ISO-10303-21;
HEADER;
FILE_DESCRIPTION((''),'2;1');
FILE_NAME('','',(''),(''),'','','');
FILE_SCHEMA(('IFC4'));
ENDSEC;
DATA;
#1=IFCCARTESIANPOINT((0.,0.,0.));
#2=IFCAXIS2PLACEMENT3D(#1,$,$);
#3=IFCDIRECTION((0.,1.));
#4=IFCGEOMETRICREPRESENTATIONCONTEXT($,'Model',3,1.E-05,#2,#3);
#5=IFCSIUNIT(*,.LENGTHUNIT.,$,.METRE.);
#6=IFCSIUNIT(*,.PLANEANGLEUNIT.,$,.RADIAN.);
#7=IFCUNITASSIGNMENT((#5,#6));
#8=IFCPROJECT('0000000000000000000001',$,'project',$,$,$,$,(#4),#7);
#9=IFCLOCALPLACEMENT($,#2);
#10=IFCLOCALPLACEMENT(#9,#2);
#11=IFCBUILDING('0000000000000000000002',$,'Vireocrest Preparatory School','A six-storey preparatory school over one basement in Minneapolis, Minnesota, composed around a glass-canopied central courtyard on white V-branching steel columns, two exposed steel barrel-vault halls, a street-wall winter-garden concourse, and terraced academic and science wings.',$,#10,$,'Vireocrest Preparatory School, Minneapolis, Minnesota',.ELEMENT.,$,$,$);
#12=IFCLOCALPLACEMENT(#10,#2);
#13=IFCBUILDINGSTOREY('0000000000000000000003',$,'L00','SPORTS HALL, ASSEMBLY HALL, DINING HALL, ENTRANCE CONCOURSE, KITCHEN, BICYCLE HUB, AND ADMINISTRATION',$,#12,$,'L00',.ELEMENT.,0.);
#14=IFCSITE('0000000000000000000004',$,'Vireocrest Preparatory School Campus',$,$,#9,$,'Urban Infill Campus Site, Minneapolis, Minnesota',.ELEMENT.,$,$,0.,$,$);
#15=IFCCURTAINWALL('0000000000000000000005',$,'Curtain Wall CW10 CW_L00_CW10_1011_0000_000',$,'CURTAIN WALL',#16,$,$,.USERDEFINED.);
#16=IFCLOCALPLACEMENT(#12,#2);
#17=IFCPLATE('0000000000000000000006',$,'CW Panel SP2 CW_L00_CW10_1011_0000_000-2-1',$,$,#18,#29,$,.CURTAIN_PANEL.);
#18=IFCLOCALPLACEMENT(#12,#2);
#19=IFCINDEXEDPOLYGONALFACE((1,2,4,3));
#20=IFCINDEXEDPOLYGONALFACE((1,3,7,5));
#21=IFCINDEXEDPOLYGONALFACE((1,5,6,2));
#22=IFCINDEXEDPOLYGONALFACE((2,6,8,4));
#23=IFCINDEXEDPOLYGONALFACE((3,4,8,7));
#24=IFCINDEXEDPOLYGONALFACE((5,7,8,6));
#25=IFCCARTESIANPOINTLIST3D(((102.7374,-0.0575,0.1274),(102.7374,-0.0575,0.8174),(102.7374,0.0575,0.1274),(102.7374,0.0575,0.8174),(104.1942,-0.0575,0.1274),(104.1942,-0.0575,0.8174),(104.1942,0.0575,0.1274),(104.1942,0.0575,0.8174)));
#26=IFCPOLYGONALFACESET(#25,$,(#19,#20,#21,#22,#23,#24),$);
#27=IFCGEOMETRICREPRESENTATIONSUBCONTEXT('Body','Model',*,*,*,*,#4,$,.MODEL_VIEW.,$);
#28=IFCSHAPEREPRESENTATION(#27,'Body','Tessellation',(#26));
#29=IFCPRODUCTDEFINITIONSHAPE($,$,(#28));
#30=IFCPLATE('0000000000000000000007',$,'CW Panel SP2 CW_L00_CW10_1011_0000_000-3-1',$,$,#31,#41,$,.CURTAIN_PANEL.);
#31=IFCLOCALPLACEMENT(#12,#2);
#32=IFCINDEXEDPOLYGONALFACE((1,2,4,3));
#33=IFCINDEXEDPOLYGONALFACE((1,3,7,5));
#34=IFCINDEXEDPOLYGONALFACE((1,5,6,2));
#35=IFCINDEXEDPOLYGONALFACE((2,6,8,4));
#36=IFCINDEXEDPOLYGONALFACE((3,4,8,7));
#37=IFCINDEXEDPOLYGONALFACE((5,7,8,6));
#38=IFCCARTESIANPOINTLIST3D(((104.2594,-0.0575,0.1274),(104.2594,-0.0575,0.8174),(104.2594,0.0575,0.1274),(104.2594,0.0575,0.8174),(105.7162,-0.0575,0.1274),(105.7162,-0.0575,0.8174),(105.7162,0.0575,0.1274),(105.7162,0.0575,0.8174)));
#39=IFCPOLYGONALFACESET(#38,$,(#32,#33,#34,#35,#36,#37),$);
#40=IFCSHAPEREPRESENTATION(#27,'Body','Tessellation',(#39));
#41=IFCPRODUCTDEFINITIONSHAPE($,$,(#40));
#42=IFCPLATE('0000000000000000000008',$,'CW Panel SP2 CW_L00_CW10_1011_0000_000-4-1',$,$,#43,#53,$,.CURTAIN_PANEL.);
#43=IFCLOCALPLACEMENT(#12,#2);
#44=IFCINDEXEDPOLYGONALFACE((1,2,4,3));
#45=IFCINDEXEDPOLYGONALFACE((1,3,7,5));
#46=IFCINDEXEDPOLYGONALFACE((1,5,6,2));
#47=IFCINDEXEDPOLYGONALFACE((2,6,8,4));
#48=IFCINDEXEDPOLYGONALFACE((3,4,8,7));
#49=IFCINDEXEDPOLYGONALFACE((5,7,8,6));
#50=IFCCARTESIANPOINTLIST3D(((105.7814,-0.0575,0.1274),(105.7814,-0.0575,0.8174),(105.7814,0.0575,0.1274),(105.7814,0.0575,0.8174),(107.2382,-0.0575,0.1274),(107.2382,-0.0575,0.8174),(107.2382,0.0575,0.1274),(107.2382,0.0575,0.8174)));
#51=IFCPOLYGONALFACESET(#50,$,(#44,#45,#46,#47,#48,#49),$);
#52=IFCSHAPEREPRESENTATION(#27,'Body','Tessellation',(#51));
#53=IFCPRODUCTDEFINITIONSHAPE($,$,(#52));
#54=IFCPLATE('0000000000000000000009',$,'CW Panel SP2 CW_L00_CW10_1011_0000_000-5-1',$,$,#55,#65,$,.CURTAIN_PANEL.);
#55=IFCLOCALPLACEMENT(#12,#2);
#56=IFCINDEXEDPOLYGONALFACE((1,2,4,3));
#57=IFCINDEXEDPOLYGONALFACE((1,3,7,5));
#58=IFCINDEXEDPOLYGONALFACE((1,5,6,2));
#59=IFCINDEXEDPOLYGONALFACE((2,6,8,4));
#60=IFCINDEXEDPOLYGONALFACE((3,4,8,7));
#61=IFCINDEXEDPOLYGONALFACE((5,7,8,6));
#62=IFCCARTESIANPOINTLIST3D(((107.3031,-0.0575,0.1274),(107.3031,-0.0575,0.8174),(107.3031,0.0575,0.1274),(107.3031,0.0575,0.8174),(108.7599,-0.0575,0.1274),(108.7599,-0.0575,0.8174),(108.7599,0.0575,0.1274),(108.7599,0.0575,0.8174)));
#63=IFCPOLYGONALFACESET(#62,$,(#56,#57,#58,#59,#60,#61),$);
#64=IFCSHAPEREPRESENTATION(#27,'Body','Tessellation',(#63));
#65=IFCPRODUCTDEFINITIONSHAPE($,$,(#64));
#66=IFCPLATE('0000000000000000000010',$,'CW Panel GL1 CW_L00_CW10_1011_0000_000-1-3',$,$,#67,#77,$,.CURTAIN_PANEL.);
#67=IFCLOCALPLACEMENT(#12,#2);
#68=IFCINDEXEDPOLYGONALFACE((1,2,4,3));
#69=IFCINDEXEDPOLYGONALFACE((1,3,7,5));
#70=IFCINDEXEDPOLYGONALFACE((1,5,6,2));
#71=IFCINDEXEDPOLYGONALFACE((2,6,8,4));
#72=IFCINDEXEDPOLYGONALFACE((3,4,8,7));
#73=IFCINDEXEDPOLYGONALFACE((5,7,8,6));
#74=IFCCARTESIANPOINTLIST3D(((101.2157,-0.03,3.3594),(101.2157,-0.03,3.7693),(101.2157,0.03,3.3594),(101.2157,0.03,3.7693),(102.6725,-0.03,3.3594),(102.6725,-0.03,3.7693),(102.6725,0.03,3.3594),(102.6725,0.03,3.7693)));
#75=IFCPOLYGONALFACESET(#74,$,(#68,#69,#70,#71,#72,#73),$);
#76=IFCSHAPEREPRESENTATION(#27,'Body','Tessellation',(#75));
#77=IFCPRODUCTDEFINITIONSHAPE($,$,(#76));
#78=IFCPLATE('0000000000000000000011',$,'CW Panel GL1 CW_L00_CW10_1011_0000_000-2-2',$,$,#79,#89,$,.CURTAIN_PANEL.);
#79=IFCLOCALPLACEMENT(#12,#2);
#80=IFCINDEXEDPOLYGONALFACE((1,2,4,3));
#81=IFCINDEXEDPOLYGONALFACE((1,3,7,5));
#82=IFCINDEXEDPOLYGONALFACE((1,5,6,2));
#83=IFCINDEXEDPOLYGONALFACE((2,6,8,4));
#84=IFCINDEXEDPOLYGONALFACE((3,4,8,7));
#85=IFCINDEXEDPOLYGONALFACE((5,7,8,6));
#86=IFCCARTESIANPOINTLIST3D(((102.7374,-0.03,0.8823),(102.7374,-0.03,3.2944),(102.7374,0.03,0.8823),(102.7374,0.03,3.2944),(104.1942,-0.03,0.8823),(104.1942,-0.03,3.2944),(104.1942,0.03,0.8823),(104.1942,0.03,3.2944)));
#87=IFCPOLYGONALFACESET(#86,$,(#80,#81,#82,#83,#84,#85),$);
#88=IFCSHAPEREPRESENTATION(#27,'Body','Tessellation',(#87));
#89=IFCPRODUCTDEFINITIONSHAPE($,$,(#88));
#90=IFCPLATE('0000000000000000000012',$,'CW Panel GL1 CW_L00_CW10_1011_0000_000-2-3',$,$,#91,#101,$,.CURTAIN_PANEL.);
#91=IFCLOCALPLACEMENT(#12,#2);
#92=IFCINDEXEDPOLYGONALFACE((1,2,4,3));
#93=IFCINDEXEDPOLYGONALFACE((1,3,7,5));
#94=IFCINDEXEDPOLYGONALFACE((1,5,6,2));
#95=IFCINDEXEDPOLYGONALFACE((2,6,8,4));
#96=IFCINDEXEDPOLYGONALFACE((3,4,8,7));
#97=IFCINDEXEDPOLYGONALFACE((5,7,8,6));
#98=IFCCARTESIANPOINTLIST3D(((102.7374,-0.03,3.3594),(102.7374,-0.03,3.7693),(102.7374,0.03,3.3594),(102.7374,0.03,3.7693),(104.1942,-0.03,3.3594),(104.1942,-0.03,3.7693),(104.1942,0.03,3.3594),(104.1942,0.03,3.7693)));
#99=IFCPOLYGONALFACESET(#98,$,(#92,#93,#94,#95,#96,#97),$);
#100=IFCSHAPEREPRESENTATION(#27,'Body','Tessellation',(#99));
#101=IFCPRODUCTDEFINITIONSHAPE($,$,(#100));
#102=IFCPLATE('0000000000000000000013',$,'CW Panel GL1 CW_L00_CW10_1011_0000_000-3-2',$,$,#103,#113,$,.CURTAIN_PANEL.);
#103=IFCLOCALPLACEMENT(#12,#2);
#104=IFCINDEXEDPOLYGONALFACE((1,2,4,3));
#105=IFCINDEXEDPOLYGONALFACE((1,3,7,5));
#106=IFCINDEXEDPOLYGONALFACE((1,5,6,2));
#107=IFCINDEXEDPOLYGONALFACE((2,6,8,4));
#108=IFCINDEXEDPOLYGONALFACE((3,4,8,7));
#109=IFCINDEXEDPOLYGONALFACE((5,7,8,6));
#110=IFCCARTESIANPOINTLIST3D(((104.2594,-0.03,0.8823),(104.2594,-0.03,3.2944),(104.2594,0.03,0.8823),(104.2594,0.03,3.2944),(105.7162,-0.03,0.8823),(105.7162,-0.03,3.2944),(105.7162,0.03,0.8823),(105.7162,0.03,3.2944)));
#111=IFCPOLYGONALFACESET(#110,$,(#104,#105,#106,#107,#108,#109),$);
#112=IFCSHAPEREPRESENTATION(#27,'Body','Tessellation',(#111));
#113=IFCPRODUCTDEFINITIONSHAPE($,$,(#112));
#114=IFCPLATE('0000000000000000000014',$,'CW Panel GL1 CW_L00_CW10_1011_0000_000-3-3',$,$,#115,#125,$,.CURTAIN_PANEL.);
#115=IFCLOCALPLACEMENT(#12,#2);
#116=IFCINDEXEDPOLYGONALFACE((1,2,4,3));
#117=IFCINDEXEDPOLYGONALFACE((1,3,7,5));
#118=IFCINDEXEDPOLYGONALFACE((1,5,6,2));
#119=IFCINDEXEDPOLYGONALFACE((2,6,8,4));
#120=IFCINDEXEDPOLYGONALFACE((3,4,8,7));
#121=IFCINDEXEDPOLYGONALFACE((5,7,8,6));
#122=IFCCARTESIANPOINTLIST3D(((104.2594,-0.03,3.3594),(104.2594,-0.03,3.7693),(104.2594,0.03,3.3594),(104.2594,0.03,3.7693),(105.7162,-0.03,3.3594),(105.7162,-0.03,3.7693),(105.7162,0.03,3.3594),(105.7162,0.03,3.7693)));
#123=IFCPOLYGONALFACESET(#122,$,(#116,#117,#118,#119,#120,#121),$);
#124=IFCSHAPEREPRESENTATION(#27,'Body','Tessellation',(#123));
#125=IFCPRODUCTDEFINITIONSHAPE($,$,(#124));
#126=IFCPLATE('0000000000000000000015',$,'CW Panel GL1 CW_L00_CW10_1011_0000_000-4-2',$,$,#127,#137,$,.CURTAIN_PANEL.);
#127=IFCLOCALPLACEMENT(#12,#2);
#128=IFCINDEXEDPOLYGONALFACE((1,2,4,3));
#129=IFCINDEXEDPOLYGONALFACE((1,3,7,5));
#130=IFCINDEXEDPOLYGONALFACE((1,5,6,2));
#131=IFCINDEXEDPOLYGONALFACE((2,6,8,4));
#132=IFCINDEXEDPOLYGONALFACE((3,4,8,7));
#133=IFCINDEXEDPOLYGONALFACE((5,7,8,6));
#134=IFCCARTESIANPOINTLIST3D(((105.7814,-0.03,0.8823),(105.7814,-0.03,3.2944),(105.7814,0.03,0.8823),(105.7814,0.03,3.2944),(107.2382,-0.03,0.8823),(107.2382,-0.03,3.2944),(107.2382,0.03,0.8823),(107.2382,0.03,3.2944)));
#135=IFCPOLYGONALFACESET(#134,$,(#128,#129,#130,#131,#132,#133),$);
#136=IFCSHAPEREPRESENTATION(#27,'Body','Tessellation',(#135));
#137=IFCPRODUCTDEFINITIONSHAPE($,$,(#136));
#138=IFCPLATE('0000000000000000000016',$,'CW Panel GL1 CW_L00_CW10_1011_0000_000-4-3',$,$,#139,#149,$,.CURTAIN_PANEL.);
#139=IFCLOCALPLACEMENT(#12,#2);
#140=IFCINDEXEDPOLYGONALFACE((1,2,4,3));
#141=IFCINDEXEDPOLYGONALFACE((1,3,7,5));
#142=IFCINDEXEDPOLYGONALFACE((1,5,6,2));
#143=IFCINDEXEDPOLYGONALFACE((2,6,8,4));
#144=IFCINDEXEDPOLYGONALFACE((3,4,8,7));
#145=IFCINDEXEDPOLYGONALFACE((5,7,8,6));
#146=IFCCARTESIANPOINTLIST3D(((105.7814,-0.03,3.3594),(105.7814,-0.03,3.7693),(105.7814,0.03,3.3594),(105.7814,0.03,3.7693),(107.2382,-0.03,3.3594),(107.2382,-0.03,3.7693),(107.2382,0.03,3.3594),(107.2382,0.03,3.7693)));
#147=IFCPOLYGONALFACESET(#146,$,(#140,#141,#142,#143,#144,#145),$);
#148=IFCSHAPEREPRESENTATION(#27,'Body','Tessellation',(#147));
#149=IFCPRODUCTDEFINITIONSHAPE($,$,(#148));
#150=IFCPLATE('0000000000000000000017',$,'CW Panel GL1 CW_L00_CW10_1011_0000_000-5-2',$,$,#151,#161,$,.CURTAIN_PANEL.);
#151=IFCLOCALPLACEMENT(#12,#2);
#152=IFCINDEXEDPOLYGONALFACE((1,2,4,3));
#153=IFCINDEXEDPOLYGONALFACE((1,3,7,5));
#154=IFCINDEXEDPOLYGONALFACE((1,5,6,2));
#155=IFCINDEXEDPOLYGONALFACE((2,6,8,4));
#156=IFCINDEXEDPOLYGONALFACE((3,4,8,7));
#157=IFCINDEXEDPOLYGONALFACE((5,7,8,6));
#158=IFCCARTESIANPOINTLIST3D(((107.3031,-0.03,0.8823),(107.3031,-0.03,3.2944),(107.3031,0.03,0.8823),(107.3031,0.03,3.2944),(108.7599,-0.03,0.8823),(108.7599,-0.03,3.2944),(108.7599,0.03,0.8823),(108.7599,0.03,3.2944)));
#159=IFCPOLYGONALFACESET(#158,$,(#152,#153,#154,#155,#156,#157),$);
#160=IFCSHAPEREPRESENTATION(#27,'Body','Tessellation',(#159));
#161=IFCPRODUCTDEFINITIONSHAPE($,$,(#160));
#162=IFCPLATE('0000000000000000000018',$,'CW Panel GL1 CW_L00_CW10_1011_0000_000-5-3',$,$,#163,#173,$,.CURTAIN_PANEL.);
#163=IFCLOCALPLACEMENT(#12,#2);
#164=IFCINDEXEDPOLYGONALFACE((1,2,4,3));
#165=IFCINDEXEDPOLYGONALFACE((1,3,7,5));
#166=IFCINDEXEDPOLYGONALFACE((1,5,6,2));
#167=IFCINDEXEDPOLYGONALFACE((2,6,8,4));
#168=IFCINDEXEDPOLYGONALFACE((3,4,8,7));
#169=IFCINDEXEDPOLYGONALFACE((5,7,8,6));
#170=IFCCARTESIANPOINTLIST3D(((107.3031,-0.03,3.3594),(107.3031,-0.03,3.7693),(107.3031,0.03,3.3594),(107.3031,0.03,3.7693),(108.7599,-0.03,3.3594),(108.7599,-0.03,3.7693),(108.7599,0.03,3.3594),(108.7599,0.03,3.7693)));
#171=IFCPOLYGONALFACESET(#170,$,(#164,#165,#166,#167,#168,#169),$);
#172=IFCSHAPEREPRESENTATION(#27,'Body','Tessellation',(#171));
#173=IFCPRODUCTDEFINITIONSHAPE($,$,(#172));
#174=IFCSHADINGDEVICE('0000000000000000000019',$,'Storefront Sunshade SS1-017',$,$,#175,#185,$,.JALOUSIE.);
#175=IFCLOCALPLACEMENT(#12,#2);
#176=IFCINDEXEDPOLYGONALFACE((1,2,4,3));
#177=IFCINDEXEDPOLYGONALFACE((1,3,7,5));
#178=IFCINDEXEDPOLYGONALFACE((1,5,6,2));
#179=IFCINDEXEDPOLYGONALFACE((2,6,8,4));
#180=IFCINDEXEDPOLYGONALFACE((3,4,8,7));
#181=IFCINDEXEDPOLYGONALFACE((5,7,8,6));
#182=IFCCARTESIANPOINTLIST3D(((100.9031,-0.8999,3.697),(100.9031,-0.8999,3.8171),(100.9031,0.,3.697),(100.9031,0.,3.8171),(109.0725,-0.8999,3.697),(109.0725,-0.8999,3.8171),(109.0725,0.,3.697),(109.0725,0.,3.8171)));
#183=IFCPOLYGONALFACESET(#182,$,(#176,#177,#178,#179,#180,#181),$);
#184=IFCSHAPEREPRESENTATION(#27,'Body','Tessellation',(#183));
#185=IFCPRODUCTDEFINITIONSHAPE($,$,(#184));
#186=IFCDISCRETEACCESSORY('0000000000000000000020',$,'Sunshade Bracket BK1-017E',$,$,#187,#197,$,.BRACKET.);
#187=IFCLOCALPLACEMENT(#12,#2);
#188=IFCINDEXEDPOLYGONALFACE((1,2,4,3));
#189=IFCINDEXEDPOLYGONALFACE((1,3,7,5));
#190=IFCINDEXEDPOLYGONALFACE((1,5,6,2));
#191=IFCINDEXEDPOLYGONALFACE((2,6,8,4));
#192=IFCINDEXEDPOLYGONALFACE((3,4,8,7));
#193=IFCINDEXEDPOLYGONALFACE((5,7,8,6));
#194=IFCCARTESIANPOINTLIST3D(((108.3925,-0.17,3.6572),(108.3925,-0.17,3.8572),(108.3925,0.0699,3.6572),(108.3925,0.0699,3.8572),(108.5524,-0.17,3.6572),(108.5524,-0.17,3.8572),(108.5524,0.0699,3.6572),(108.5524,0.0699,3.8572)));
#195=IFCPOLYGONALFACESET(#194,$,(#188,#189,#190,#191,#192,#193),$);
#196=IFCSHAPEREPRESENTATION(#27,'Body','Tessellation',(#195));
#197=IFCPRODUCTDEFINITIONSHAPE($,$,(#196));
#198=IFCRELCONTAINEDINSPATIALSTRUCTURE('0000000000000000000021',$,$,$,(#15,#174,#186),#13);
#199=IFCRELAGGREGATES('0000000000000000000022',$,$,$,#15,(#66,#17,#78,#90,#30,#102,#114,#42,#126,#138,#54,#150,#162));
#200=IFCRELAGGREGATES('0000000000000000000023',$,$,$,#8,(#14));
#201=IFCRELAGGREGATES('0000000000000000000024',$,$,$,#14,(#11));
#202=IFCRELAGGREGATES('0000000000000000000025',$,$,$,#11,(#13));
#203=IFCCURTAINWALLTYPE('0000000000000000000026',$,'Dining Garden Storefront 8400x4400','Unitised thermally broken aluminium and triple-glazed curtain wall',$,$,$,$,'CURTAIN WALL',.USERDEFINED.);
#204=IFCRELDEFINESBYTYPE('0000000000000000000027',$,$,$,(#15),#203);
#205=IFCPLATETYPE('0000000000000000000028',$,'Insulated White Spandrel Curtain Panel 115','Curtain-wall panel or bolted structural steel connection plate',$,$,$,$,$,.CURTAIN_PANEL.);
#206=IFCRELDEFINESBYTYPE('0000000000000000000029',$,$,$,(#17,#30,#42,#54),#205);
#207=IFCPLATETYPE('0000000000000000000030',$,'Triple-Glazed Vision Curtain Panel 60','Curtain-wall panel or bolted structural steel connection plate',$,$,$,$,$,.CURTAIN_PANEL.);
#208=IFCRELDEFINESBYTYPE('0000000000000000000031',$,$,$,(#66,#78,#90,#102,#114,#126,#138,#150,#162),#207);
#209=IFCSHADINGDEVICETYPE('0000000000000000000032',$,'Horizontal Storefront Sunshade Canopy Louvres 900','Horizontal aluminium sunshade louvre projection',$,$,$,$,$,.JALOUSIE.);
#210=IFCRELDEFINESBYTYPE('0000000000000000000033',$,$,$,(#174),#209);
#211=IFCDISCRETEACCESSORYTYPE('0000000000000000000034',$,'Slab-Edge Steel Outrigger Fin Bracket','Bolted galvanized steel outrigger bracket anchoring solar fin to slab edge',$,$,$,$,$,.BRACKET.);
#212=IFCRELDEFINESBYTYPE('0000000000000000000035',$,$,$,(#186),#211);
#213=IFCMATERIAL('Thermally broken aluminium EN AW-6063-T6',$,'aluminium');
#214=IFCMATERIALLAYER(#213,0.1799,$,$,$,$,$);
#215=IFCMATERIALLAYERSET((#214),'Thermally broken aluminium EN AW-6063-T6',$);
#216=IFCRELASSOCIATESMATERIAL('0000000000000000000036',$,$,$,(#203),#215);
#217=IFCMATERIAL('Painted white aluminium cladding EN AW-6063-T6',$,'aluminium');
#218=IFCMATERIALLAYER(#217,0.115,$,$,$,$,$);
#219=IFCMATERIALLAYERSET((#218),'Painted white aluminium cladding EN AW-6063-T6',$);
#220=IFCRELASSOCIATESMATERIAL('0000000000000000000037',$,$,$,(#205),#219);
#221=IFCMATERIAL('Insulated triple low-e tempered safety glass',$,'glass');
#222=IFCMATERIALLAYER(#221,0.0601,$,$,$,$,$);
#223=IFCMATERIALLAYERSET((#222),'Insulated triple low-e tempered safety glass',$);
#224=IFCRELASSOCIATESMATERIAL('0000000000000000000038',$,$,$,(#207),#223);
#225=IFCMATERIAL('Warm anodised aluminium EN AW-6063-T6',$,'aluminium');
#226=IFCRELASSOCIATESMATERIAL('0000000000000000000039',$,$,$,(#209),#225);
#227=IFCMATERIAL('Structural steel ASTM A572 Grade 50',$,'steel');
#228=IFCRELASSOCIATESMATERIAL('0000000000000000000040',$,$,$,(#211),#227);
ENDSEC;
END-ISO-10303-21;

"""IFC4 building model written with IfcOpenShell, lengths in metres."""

from ifc_helpers import new_model, si_unit, direction, frame, origin, origin_2d, place, context, subcontext, project, spatial, rectangle, extrude, material, layer, layer_set, type_object, element, aggregate, save


model = new_model("IFC4")

# Units and contexts
model_context = context("Model", 3, precision=1e-05, world=origin(), true_north=direction((0.0, 1.0)))
body_context = subcontext(model_context, "Body", "Model", "MODEL_VIEW")
ifc_project = project(units=[si_unit("LENGTHUNIT", "METRE"), si_unit("PLANEANGLEUNIT", "RADIAN")], contexts=[model_context])

# Site, building, storey
site_placement = place(None, origin())
site = spatial("IfcSite", under=ifc_project, at=site_placement, Name="Vireocrest Preparatory School Campus", LongName="Urban Infill Campus Site, Minneapolis, Minnesota", CompositionType="ELEMENT", RefElevation=0.0)
building_placement = place(site_placement, origin())
building = spatial("IfcBuilding", under=site, at=building_placement, Name="Vireocrest Preparatory School", Description="A six-storey preparatory school over one basement in Minneapolis, Minnesota, composed around a glass-canopied central courtyard on white V-branching steel columns, two exposed steel barrel-vault halls, a street-wall winter-garden concourse, and terraced academic and science wings.", LongName="Vireocrest Preparatory School, Minneapolis, Minnesota", CompositionType="ELEMENT")
storey_placement = place(building_placement, origin())
storey = spatial("IfcBuildingStorey", under=building, at=storey_placement, Name="L00", Description="SPORTS HALL, ASSEMBLY HALL, DINING HALL, ENTRANCE CONCOURSE, KITCHEN, BICYCLE HUB, AND ADMINISTRATION", LongName="L00", CompositionType="ELEMENT", Elevation=0.0)

# Shared definitions
ifc_material_1 = material(Name="Thermally broken aluminium EN AW-6063-T6", Category="aluminium")

# Curtain wall
ifc_layer_1 = layer(ifc_material_1, 0.1799)
ifc_layer_set_1 = layer_set([ifc_layer_1], Name="Thermally broken aluminium EN AW-6063-T6")
curtain_wall_type_1 = type_object("IfcCurtainWallType", Name="Dining Garden Storefront 8400x4400", Description="Unitised thermally broken aluminium and triple-glazed curtain wall", ElementType="CURTAIN WALL", PredefinedType="USERDEFINED", material=ifc_layer_set_1)
curtain_wall_1_placement = place(storey_placement, origin())
curtain_wall_1 = element("IfcCurtainWall", 1, at=curtain_wall_1_placement, inside=storey, type_object=curtain_wall_type_1, Name="Curtain Wall CW10 CW_L00_CW10_1011_0000_000", ObjectType="CURTAIN WALL", PredefinedType="USERDEFINED")

# Plates
ifc_material_2 = material(Name="Painted white aluminium cladding EN AW-6063-T6", Category="aluminium")
ifc_layer_2 = layer(ifc_material_2, 0.115)
ifc_layer_set_2 = layer_set([ifc_layer_2], Name="Painted white aluminium cladding EN AW-6063-T6")
plate_type_1 = type_object("IfcPlateType", Name="Insulated White Spandrel Curtain Panel 115", Description="Curtain-wall panel or bolted structural steel connection plate", PredefinedType="CURTAIN_PANEL", material=ifc_layer_set_2)
plate_1_placement = place(storey_placement, frame((103.4658, 0.0, 0.1274), z_axis=(0.0, 0.0, 1.0), x_axis=(1.0, 0.0, 0.0)))
plate_1 = element("IfcPlate", 2, at=plate_1_placement, type_object=plate_type_1, Name="CW Panel SP2 CW_L00_CW10_1011_0000_000-2-1", PredefinedType="CURTAIN_PANEL", context=body_context, shape_type="SweptSolid", body=[
    extrude(rectangle(XDim=1.4568, YDim=0.115, at=origin_2d()), origin(), (0.0, 0.0, 1.0), 0.6899),
])
plate_2_placement = place(storey_placement, frame((104.9878, 0.0, 0.1274), z_axis=(0.0, 0.0, 1.0), x_axis=(1.0, 0.0, 0.0)))
plate_2 = element("IfcPlate", 3, at=plate_2_placement, type_object=plate_type_1, Name="CW Panel SP2 CW_L00_CW10_1011_0000_000-3-1", PredefinedType="CURTAIN_PANEL", context=body_context, shape_type="SweptSolid", body=[
    extrude(rectangle(XDim=1.4568, YDim=0.115, at=origin_2d()), origin(), (0.0, 0.0, 1.0), 0.6899),
])
plate_3_placement = place(storey_placement, frame((106.5098, 0.0, 0.1274), z_axis=(0.0, 0.0, 1.0), x_axis=(1.0, 0.0, 0.0)))
plate_3 = element("IfcPlate", 4, at=plate_3_placement, type_object=plate_type_1, Name="CW Panel SP2 CW_L00_CW10_1011_0000_000-4-1", PredefinedType="CURTAIN_PANEL", context=body_context, shape_type="SweptSolid", body=[
    extrude(rectangle(XDim=1.4568, YDim=0.115, at=origin_2d()), origin(), (0.0, 0.0, 1.0), 0.6899),
])
plate_4_placement = place(storey_placement, frame((108.0315, 0.0, 0.1274), z_axis=(0.0, 0.0, 1.0), x_axis=(1.0, 0.0, 0.0)))
plate_4 = element("IfcPlate", 5, at=plate_4_placement, type_object=plate_type_1, Name="CW Panel SP2 CW_L00_CW10_1011_0000_000-5-1", PredefinedType="CURTAIN_PANEL", context=body_context, shape_type="SweptSolid", body=[
    extrude(rectangle(XDim=1.4568, YDim=0.115, at=origin_2d()), origin(), (0.0, 0.0, 1.0), 0.6899),
])
ifc_material_3 = material(Name="Insulated triple low-e tempered safety glass", Category="glass")
ifc_layer_3 = layer(ifc_material_3, 0.0601)
ifc_layer_set_3 = layer_set([ifc_layer_3], Name="Insulated triple low-e tempered safety glass")
plate_type_2 = type_object("IfcPlateType", Name="Triple-Glazed Vision Curtain Panel 60", Description="Curtain-wall panel or bolted structural steel connection plate", PredefinedType="CURTAIN_PANEL", material=ifc_layer_set_3)
plate_5_placement = place(storey_placement, frame((101.9441, 0.0, 3.3594), z_axis=(0.0, 0.0, 1.0), x_axis=(1.0, 0.0, 0.0)))
plate_5 = element("IfcPlate", 6, at=plate_5_placement, type_object=plate_type_2, Name="CW Panel GL1 CW_L00_CW10_1011_0000_000-1-3", PredefinedType="CURTAIN_PANEL", context=body_context, shape_type="SweptSolid", body=[
    extrude(rectangle(XDim=1.4568, YDim=0.0601, at=origin_2d()), origin(), (0.0, 0.0, 1.0), 0.4099),
])
plate_6_placement = place(storey_placement, frame((103.4658, 0.0, 0.8823), z_axis=(0.0, 0.0, 1.0), x_axis=(1.0, 0.0, 0.0)))
plate_6 = element("IfcPlate", 7, at=plate_6_placement, type_object=plate_type_2, Name="CW Panel GL1 CW_L00_CW10_1011_0000_000-2-2", PredefinedType="CURTAIN_PANEL", context=body_context, shape_type="SweptSolid", body=[
    extrude(rectangle(XDim=1.4568, YDim=0.0601, at=origin_2d()), origin(), (0.0, 0.0, 1.0), 2.4121),
])
plate_7_placement = place(storey_placement, frame((103.4658, 0.0, 3.3594), z_axis=(0.0, 0.0, 1.0), x_axis=(1.0, 0.0, 0.0)))
plate_7 = element("IfcPlate", 8, at=plate_7_placement, type_object=plate_type_2, Name="CW Panel GL1 CW_L00_CW10_1011_0000_000-2-3", PredefinedType="CURTAIN_PANEL", context=body_context, shape_type="SweptSolid", body=[
    extrude(rectangle(XDim=1.4568, YDim=0.0601, at=origin_2d()), origin(), (0.0, 0.0, 1.0), 0.4099),
])
plate_8_placement = place(storey_placement, frame((104.9878, 0.0, 0.8823), z_axis=(0.0, 0.0, 1.0), x_axis=(1.0, 0.0, 0.0)))
plate_8 = element("IfcPlate", 9, at=plate_8_placement, type_object=plate_type_2, Name="CW Panel GL1 CW_L00_CW10_1011_0000_000-3-2", PredefinedType="CURTAIN_PANEL", context=body_context, shape_type="SweptSolid", body=[
    extrude(rectangle(XDim=1.4568, YDim=0.0601, at=origin_2d()), origin(), (0.0, 0.0, 1.0), 2.4121),
])
plate_9_placement = place(storey_placement, frame((104.9878, 0.0, 3.3594), z_axis=(0.0, 0.0, 1.0), x_axis=(1.0, 0.0, 0.0)))
plate_9 = element("IfcPlate", 10, at=plate_9_placement, type_object=plate_type_2, Name="CW Panel GL1 CW_L00_CW10_1011_0000_000-3-3", PredefinedType="CURTAIN_PANEL", context=body_context, shape_type="SweptSolid", body=[
    extrude(rectangle(XDim=1.4568, YDim=0.0601, at=origin_2d()), origin(), (0.0, 0.0, 1.0), 0.4099),
])
plate_10_placement = place(storey_placement, frame((106.5098, 0.0, 0.8823), z_axis=(0.0, 0.0, 1.0), x_axis=(1.0, 0.0, 0.0)))
plate_10 = element("IfcPlate", 11, at=plate_10_placement, type_object=plate_type_2, Name="CW Panel GL1 CW_L00_CW10_1011_0000_000-4-2", PredefinedType="CURTAIN_PANEL", context=body_context, shape_type="SweptSolid", body=[
    extrude(rectangle(XDim=1.4568, YDim=0.0601, at=origin_2d()), origin(), (0.0, 0.0, 1.0), 2.4121),
])
plate_11_placement = place(storey_placement, frame((106.5098, 0.0, 3.3594), z_axis=(0.0, 0.0, 1.0), x_axis=(1.0, 0.0, 0.0)))
plate_11 = element("IfcPlate", 12, at=plate_11_placement, type_object=plate_type_2, Name="CW Panel GL1 CW_L00_CW10_1011_0000_000-4-3", PredefinedType="CURTAIN_PANEL", context=body_context, shape_type="SweptSolid", body=[
    extrude(rectangle(XDim=1.4568, YDim=0.0601, at=origin_2d()), origin(), (0.0, 0.0, 1.0), 0.4099),
])
plate_12_placement = place(storey_placement, frame((108.0315, 0.0, 0.8823), z_axis=(0.0, 0.0, 1.0), x_axis=(1.0, 0.0, 0.0)))
plate_12 = element("IfcPlate", 13, at=plate_12_placement, type_object=plate_type_2, Name="CW Panel GL1 CW_L00_CW10_1011_0000_000-5-2", PredefinedType="CURTAIN_PANEL", context=body_context, shape_type="SweptSolid", body=[
    extrude(rectangle(XDim=1.4568, YDim=0.0601, at=origin_2d()), origin(), (0.0, 0.0, 1.0), 2.4121),
])
plate_13_placement = place(storey_placement, frame((108.0315, 0.0, 3.3594), z_axis=(0.0, 0.0, 1.0), x_axis=(1.0, 0.0, 0.0)))
plate_13 = element("IfcPlate", 14, at=plate_13_placement, type_object=plate_type_2, Name="CW Panel GL1 CW_L00_CW10_1011_0000_000-5-3", PredefinedType="CURTAIN_PANEL", context=body_context, shape_type="SweptSolid", body=[
    extrude(rectangle(XDim=1.4568, YDim=0.0601, at=origin_2d()), origin(), (0.0, 0.0, 1.0), 0.4099),
])
aggregate(curtain_wall_1, [plate_5, plate_1, plate_6, plate_7, plate_2, plate_8, plate_9, plate_3, plate_10, plate_11, plate_4, plate_12, plate_13])

# Shading device
ifc_material_4 = material(Name="Warm anodised aluminium EN AW-6063-T6", Category="aluminium")
shading_device_type = type_object("IfcShadingDeviceType", Name="Horizontal Storefront Sunshade Canopy Louvres 900", Description="Horizontal aluminium sunshade louvre projection", PredefinedType="JALOUSIE", material=ifc_material_4)
shading_device_placement = place(storey_placement, frame((104.9878, -0.45, 3.697), z_axis=(0.0, 0.0, 1.0), x_axis=(1.0, 0.0, 0.0)))
element("IfcShadingDevice", 15, at=shading_device_placement, inside=storey, type_object=shading_device_type, Name="Storefront Sunshade SS1-017", PredefinedType="JALOUSIE", context=body_context, shape_type="SweptSolid", body=[
    extrude(rectangle(XDim=8.1694, YDim=0.8999, at=origin_2d()), origin(), (0.0, 0.0, 1.0), 0.1201),
])

# Discrete accessory
ifc_material_5 = material(Name="Structural steel ASTM A572 Grade 50", Category="steel")
discrete_accessory_type = type_object("IfcDiscreteAccessoryType", Name="Slab-Edge Steel Outrigger Fin Bracket", Description="Bolted galvanized steel outrigger bracket anchoring solar fin to slab edge", PredefinedType="BRACKET", material=ifc_material_5)
discrete_accessory_placement = place(storey_placement, frame((108.4724, -0.05, 3.6572), z_axis=(0.0, 0.0, 1.0), x_axis=(1.0, 0.0, 0.0)))
element("IfcDiscreteAccessory", 16, at=discrete_accessory_placement, inside=storey, type_object=discrete_accessory_type, Name="Sunshade Bracket BK1-017E", PredefinedType="BRACKET", context=body_context, shape_type="SweptSolid", body=[
    extrude(rectangle(XDim=0.1599, YDim=0.24, at=origin_2d()), origin(), (0.0, 0.0, 1.0), 0.2),
])

save(model, "model.ifc")
